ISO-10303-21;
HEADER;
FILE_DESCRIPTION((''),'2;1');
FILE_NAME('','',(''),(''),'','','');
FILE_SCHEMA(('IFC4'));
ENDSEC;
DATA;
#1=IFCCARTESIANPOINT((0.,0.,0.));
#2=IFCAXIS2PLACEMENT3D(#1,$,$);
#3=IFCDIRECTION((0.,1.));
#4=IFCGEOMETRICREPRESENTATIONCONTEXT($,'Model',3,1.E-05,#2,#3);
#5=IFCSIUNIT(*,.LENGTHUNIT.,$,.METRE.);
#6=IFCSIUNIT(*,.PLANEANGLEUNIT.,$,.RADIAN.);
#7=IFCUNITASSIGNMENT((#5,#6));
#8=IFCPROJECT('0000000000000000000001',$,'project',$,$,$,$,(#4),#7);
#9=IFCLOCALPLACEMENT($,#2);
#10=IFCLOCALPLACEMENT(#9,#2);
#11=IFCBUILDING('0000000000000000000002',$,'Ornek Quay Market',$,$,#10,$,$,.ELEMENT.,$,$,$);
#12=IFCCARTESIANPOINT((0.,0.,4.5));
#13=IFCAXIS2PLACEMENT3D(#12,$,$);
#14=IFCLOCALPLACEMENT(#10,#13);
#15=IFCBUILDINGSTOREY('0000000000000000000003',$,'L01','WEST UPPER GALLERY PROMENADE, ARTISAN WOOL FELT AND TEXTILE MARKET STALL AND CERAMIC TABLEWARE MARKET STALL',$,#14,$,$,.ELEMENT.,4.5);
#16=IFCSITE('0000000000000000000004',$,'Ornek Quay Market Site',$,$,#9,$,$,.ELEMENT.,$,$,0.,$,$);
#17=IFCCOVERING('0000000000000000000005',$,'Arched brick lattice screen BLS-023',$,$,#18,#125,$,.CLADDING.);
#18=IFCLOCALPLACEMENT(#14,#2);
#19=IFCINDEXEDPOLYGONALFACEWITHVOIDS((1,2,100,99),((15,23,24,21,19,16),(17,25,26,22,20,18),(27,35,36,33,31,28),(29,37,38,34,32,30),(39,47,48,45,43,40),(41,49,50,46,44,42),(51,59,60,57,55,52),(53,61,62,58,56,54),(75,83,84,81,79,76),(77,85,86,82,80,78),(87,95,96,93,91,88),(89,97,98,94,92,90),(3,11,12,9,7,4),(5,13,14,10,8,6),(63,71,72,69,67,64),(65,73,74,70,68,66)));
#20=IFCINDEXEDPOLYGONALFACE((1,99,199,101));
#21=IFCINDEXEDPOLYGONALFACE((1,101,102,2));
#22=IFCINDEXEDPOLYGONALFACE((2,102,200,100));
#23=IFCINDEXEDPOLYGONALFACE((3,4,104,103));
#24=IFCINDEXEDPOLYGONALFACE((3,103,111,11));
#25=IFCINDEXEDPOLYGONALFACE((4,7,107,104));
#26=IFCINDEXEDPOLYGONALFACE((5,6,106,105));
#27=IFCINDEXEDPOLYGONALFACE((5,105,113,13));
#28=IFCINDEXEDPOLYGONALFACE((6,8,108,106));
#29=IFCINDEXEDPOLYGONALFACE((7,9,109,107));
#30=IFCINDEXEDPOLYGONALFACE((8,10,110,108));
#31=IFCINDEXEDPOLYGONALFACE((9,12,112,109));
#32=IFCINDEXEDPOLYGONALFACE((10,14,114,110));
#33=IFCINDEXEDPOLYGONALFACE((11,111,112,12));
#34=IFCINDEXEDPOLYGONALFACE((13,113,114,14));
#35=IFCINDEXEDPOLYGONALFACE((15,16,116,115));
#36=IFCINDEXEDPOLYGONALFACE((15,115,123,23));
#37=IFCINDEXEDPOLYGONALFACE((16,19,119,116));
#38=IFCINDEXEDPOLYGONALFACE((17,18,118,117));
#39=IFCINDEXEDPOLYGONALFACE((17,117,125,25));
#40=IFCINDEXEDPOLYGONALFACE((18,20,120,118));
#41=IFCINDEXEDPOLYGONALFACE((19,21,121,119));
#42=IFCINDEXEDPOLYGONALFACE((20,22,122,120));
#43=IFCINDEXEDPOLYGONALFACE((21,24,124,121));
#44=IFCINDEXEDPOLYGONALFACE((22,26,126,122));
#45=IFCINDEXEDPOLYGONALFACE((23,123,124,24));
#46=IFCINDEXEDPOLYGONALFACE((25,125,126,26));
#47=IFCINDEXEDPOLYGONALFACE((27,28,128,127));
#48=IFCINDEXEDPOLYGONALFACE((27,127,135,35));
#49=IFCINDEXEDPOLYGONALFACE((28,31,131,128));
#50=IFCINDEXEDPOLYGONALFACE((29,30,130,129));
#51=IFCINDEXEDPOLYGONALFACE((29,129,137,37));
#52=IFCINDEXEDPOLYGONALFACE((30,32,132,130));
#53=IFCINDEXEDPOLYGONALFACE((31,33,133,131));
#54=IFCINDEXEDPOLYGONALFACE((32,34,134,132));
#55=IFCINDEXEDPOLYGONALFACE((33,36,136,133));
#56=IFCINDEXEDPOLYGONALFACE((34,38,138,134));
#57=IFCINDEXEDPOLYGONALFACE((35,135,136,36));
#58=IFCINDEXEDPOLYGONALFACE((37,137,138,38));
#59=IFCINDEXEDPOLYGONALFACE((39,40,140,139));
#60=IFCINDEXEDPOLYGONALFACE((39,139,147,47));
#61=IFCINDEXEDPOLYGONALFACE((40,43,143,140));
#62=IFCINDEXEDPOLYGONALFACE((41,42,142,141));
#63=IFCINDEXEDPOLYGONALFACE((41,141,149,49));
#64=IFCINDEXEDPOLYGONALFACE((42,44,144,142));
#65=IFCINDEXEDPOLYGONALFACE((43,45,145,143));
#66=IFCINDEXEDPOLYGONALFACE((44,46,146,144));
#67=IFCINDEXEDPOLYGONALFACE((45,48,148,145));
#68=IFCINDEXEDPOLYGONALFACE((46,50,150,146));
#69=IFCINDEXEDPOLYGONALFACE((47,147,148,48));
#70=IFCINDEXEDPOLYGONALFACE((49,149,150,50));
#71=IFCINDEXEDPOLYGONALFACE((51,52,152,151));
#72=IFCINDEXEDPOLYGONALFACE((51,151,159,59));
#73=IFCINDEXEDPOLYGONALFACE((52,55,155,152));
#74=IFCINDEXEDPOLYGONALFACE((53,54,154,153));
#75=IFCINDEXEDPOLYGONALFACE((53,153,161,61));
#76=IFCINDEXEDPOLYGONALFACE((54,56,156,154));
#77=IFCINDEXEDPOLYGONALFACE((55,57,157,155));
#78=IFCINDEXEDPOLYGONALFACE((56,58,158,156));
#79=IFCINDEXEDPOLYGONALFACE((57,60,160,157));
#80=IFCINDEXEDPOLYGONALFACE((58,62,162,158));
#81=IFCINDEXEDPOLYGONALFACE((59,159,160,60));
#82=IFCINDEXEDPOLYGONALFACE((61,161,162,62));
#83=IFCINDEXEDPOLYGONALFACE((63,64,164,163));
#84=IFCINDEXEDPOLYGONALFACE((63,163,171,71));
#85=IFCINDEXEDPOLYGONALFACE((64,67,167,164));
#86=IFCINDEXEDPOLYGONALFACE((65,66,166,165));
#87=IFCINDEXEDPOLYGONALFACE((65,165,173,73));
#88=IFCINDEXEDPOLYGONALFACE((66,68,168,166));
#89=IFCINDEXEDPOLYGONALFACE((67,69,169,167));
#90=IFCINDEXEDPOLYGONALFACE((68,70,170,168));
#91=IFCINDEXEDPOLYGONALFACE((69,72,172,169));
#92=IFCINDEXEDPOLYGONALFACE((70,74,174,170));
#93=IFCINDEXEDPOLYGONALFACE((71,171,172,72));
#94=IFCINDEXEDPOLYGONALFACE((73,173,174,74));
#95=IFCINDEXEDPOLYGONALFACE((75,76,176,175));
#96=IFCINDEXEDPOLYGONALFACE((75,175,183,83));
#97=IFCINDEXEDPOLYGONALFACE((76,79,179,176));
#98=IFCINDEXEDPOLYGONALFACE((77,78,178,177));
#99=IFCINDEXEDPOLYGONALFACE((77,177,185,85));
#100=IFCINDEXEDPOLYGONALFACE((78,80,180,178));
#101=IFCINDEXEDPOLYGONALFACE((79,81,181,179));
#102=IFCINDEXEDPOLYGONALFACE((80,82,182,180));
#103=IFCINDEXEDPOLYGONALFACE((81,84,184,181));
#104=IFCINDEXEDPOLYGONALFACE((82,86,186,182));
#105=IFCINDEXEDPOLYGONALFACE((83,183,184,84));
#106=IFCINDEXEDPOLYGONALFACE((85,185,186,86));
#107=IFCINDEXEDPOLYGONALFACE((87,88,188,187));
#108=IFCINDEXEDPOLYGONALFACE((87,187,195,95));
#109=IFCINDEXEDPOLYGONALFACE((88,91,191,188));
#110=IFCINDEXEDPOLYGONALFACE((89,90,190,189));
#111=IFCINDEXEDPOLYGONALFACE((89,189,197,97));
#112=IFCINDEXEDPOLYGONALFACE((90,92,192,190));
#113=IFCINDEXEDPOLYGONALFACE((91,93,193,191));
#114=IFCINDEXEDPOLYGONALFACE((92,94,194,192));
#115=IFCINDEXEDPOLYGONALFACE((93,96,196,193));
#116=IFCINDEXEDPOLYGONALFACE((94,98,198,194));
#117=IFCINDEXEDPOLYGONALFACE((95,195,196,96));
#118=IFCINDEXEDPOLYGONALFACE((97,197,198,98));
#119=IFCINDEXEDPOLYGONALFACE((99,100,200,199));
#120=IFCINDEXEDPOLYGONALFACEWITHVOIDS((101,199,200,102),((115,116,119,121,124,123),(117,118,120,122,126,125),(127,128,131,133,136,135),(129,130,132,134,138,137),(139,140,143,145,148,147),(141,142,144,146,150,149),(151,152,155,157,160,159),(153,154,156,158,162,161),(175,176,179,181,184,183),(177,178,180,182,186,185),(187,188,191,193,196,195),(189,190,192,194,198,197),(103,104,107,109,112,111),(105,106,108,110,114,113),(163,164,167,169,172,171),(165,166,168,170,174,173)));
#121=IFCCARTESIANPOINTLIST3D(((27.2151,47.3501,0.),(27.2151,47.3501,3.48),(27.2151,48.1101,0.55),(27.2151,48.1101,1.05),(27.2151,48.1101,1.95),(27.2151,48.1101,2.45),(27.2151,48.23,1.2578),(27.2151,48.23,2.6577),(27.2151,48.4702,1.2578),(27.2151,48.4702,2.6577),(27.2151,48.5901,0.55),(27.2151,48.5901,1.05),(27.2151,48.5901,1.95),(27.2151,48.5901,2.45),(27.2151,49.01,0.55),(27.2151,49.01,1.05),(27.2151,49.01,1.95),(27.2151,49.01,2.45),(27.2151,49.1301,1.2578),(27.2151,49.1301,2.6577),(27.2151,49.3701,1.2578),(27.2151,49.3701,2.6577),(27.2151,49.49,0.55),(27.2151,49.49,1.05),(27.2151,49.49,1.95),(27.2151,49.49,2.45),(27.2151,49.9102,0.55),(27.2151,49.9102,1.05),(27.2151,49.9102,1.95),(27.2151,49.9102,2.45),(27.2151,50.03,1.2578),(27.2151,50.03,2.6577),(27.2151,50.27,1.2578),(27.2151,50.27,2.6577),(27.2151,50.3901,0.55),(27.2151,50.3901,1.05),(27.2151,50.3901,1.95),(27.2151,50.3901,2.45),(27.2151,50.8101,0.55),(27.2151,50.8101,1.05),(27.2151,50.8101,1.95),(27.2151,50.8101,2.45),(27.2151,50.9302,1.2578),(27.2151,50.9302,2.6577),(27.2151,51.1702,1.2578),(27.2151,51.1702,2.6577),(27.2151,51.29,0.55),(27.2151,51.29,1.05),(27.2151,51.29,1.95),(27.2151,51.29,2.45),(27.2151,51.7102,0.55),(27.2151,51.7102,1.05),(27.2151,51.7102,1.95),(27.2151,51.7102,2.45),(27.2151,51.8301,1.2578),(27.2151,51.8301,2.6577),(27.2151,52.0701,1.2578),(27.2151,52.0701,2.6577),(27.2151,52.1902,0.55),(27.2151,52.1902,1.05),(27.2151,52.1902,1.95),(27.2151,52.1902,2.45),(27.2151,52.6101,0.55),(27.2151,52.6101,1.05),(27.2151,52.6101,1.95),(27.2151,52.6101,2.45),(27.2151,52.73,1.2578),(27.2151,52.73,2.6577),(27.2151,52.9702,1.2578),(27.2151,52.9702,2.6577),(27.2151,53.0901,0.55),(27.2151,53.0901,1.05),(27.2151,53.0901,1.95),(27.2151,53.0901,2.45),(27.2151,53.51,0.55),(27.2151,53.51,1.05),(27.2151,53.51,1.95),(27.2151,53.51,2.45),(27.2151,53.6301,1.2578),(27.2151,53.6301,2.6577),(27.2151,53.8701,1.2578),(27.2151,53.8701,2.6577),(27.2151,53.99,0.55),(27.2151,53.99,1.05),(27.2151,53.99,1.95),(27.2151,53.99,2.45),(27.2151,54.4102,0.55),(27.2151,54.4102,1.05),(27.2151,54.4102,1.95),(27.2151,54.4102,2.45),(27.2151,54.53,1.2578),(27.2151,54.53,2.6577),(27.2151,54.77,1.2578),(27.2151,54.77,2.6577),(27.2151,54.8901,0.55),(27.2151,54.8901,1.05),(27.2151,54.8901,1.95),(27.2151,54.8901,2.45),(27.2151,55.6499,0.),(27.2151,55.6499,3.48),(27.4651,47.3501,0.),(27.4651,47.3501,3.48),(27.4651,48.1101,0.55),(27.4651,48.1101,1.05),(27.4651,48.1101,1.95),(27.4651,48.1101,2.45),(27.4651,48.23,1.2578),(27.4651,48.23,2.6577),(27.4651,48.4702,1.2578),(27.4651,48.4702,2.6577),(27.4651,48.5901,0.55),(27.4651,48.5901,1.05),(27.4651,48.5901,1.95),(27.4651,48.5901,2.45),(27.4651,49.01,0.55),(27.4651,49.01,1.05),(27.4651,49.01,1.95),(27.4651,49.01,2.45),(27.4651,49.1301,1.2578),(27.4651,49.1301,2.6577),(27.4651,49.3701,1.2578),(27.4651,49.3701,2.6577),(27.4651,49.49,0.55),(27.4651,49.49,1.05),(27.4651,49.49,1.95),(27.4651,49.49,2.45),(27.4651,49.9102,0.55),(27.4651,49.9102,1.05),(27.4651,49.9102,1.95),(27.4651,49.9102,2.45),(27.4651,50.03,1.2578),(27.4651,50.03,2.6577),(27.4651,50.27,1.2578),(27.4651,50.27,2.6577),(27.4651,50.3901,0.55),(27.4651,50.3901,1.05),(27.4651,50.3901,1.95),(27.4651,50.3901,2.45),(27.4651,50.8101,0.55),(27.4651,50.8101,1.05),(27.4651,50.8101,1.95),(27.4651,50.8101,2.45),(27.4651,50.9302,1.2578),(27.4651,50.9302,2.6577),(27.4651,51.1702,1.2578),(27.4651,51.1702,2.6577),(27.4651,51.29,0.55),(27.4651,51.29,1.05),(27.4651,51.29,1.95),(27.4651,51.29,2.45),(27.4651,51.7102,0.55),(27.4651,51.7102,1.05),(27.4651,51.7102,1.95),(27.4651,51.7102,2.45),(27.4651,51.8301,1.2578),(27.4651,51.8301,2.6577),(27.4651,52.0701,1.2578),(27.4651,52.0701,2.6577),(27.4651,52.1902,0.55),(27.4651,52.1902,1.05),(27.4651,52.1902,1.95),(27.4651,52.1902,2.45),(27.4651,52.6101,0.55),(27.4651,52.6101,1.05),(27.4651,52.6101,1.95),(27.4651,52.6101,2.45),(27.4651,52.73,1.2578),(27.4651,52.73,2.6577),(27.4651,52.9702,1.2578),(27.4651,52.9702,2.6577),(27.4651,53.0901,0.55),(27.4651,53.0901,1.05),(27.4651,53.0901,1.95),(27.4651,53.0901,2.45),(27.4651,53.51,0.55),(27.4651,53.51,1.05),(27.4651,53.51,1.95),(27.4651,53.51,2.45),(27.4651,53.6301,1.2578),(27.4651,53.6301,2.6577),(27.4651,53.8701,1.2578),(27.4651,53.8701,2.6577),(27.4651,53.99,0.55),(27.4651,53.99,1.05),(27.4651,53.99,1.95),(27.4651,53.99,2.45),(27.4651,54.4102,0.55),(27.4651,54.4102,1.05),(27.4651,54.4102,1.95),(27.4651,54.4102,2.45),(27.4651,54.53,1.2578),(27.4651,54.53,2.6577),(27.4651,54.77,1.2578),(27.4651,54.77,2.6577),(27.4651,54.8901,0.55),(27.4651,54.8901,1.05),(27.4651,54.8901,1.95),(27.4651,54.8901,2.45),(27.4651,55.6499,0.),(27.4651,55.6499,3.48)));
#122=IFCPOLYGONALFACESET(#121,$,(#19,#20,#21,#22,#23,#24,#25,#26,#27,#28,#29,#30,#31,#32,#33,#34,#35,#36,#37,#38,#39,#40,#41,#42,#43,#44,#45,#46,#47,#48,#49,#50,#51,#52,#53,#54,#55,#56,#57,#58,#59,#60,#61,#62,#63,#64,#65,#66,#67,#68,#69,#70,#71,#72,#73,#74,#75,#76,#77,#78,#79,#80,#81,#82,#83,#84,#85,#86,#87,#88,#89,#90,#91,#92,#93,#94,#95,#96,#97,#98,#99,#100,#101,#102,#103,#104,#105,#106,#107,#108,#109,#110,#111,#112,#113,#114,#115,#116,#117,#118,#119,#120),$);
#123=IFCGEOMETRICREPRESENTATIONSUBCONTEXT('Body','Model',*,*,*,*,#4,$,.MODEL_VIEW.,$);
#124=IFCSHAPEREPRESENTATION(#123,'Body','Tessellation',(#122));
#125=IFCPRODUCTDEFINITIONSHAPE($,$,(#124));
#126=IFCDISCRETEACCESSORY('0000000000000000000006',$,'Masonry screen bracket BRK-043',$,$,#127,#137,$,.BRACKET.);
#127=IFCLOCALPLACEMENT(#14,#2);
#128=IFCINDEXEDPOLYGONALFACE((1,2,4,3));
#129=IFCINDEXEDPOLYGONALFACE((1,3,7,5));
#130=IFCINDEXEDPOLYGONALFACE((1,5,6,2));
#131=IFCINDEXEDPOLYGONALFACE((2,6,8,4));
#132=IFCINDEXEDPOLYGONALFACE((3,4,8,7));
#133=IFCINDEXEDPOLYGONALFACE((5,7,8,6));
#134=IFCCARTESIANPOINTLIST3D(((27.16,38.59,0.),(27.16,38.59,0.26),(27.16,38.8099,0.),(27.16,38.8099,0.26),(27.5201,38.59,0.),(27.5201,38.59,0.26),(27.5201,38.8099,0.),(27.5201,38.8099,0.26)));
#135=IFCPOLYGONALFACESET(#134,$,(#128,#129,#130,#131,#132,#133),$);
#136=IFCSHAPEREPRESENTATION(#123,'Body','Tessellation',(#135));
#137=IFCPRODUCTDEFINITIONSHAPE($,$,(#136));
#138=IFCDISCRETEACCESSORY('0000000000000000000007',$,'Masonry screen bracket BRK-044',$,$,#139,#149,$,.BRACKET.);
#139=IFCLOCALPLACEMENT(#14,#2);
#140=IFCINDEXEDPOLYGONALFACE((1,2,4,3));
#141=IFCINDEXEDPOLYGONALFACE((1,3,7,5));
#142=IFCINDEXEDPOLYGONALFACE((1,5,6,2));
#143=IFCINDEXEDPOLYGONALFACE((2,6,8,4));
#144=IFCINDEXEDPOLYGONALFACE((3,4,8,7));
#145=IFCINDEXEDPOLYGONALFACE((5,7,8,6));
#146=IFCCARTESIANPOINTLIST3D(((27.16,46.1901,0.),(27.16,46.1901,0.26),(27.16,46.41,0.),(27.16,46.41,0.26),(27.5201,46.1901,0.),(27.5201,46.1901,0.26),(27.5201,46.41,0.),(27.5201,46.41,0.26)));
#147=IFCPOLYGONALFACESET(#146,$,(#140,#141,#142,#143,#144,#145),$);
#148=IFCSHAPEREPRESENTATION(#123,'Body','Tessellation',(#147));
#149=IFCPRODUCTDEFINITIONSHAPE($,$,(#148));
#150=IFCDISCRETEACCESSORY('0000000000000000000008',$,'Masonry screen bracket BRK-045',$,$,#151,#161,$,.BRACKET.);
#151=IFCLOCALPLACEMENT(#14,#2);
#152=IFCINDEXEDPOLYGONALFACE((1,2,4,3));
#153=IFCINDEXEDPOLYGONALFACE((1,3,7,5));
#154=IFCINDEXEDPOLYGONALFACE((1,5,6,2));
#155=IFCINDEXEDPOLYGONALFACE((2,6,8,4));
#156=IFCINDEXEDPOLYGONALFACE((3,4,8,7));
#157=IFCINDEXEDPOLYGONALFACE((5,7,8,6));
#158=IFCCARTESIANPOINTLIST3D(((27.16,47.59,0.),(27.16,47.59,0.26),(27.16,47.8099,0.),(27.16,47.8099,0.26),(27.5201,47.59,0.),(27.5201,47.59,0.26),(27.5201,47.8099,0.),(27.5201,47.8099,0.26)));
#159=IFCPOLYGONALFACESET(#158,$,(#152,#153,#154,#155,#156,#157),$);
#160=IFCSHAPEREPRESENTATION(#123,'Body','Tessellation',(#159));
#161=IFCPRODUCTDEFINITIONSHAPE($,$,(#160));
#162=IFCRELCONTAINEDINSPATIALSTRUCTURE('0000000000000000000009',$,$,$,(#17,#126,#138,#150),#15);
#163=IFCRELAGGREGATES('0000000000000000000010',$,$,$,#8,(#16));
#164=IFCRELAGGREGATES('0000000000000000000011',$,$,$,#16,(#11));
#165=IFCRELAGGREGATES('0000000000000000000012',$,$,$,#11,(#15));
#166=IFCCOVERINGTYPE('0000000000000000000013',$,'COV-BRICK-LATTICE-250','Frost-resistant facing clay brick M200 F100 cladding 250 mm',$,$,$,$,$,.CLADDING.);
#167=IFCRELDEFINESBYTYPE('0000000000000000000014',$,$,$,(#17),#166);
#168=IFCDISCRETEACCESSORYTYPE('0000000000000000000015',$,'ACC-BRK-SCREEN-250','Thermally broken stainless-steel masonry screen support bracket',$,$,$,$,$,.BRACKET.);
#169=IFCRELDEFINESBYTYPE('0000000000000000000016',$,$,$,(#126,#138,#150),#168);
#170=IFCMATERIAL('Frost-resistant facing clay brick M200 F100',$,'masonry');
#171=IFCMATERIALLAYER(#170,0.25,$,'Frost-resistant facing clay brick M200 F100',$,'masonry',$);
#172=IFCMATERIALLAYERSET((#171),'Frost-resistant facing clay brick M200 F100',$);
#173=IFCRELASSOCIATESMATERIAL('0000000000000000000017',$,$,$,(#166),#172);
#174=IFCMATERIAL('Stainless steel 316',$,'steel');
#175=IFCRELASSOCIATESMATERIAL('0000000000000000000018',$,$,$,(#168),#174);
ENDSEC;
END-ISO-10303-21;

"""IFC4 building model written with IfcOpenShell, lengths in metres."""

from ifc_helpers import new_model, si_unit, direction, frame, origin, origin_2d, place, context, subcontext, project, spatial, polyline, rectangle, outline, extrude, material, layer, layer_set, type_object, element, save


model = new_model("IFC4")

# Units and contexts
model_context = context("Model", 3, precision=1e-05, world=origin(), true_north=direction((0.0, 1.0)))
body_context = subcontext(model_context, "Body", "Model", "MODEL_VIEW")
ifc_project = project(units=[si_unit("LENGTHUNIT", "METRE"), si_unit("PLANEANGLEUNIT", "RADIAN")], contexts=[model_context])

# Site, building, storey
site_placement = place(None, origin())
site = spatial("IfcSite", under=ifc_project, at=site_placement, Name="Ornek Quay Market Site", CompositionType="ELEMENT", RefElevation=0.0)
building_placement = place(site_placement, origin())
building = spatial("IfcBuilding", under=site, at=building_placement, Name="Ornek Quay Market", CompositionType="ELEMENT")
storey_placement = place(building_placement, frame((0.0, 0.0, 4.5)))
storey = spatial("IfcBuildingStorey", under=building, at=storey_placement, Name="L01", Description="WEST UPPER GALLERY PROMENADE, ARTISAN WOOL FELT AND TEXTILE MARKET STALL AND CERAMIC TABLEWARE MARKET STALL", CompositionType="ELEMENT", Elevation=4.5)

# Shared definitions
ifc_material_1 = material(Name="Frost-resistant facing clay brick M200 F100", Category="masonry")

# Covering
ifc_layer_1 = layer(ifc_material_1, 0.25, Name="Frost-resistant facing clay brick M200 F100", Category="masonry")
ifc_layer_set_1 = layer_set([ifc_layer_1], Name="Frost-resistant facing clay brick M200 F100")
covering_type = type_object("IfcCoveringType", Name="COV-BRICK-LATTICE-250", Description="Frost-resistant facing clay brick M200 F100 cladding 250 mm", PredefinedType="CLADDING", material=ifc_layer_set_1)
covering_1_placement = place(storey_placement, frame((27.3401, 47.3501, 0.0), z_axis=(0.0, 0.0, 1.0), x_axis=(0.0, 1.0, 0.0)))
element("IfcCovering", 1, at=covering_1_placement, inside=storey, type_object=covering_type, Name="Arched brick lattice screen BLS-023", PredefinedType="CLADDING", context=body_context, shape_type="SweptSolid", body=[
    extrude(outline(polyline([(0.0, 0.0), (8.2998, 0.0), (8.2998, 3.48), (0.0, 3.48), (0.0, 0.0)]), holes=[polyline([(0.76, 0.55), (1.24, 0.55), (1.24, 1.05), (1.1201, 1.2578), (0.8799, 1.2578), (0.76, 1.05), (0.76, 0.55)]), polyline([(0.76, 1.95), (1.24, 1.95), (1.24, 2.45), (1.1201, 2.6577), (0.8799, 2.6577), (0.76, 2.45), (0.76, 1.95)]), polyline([(1.6599, 0.55), (2.1399, 0.55), (2.1399, 1.05), (2.02, 1.2578), (1.78, 1.2578), (1.6599, 1.05), (1.6599, 0.55)]), polyline([(1.6599, 1.95), (2.1399, 1.95), (2.1399, 2.45), (2.02, 2.6577), (1.78, 2.6577), (1.6599, 2.45), (1.6599, 1.95)]), polyline([(2.5601, 0.55), (3.04, 0.55), (3.04, 1.05), (2.9199, 1.2578), (2.6799, 1.2578), (2.5601, 1.05), (2.5601, 0.55)]), polyline([(2.5601, 1.95), (3.04, 1.95), (3.04, 2.45), (2.9199, 2.6577), (2.6799, 2.6577), (2.5601, 2.45), (2.5601, 1.95)]), polyline([(3.46, 0.55), (3.9399, 0.55), (3.9399, 1.05), (3.8201, 1.2578), (3.5801, 1.2578), (3.46, 1.05), (3.46, 0.55)]), polyline([(3.46, 1.95), (3.9399, 1.95), (3.9399, 2.45), (3.8201, 2.6577), (3.5801, 2.6577), (3.46, 2.45), (3.46, 1.95)]), polyline([(4.3601, 0.55), (4.8401, 0.55), (4.8401, 1.05), (4.72, 1.2578), (4.48, 1.2578), (4.3601, 1.05), (4.3601, 0.55)]), polyline([(4.3601, 1.95), (4.8401, 1.95), (4.8401, 2.45), (4.72, 2.6577), (4.48, 2.6577), (4.3601, 2.45), (4.3601, 1.95)]), polyline([(5.26, 0.55), (5.74, 0.55), (5.74, 1.05), (5.6201, 1.2578), (5.3799, 1.2578), (5.26, 1.05), (5.26, 0.55)]), polyline([(5.26, 1.95), (5.74, 1.95), (5.74, 2.45), (5.6201, 2.6577), (5.3799, 2.6577), (5.26, 2.45), (5.26, 1.95)]), polyline([(6.1599, 0.55), (6.6399, 0.55), (6.6399, 1.05), (6.52, 1.2578), (6.28, 1.2578), (6.1599, 1.05), (6.1599, 0.55)]), polyline([(6.1599, 1.95), (6.6399, 1.95), (6.6399, 2.45), (6.52, 2.6577), (6.28, 2.6577), (6.1599, 2.45), (6.1599, 1.95)]), polyline([(7.0601, 0.55), (7.54, 0.55), (7.54, 1.05), (7.4199, 1.2578), (7.1799, 1.2578), (7.0601, 1.05), (7.0601, 0.55)]), polyline([(7.0601, 1.95), (7.54, 1.95), (7.54, 2.45), (7.4199, 2.6577), (7.1799, 2.6577), (7.0601, 2.45), (7.0601, 1.95)])]), frame((0.0, 0.125, 0.0), z_axis=(0.0, -1.0, 0.0), x_axis=(1.0, 0.0, 0.0)), (0.0, 0.0, 1.0), 0.25),
])

# Discrete accessories
ifc_material_2 = material(Name="Stainless steel 316", Category="steel")
discrete_accessory_type = type_object("IfcDiscreteAccessoryType", Name="ACC-BRK-SCREEN-250", Description="Thermally broken stainless-steel masonry screen support bracket", PredefinedType="BRACKET", material=ifc_material_2)
for number, where, z_axis, x_axis, name in (
    (2, (27.3401, 38.7, 0.0), (0.0, 0.0, 1.0), (0.0, 1.0, 0.0), "Masonry screen bracket BRK-043"),
    (3, (27.3401, 46.3, 0.0), (0.0, 0.0, 1.0), (0.0, 1.0, 0.0), "Masonry screen bracket BRK-044"),
    (4, (27.3401, 47.7, 0.0), (0.0, 0.0, 1.0), (0.0, 1.0, 0.0), "Masonry screen bracket BRK-045"),
):
    element("IfcDiscreteAccessory", number, at=place(storey_placement, frame(where, z_axis=z_axis, x_axis=x_axis)), inside=storey, type_object=discrete_accessory_type, Name=name, PredefinedType="BRACKET", context=body_context, shape_type="SweptSolid", body=[
        extrude(rectangle(XDim=0.22, YDim=0.3601, at=origin_2d()), origin(), (0.0, 0.0, 1.0), 0.26),
    ])

save(model, "model.ifc")
